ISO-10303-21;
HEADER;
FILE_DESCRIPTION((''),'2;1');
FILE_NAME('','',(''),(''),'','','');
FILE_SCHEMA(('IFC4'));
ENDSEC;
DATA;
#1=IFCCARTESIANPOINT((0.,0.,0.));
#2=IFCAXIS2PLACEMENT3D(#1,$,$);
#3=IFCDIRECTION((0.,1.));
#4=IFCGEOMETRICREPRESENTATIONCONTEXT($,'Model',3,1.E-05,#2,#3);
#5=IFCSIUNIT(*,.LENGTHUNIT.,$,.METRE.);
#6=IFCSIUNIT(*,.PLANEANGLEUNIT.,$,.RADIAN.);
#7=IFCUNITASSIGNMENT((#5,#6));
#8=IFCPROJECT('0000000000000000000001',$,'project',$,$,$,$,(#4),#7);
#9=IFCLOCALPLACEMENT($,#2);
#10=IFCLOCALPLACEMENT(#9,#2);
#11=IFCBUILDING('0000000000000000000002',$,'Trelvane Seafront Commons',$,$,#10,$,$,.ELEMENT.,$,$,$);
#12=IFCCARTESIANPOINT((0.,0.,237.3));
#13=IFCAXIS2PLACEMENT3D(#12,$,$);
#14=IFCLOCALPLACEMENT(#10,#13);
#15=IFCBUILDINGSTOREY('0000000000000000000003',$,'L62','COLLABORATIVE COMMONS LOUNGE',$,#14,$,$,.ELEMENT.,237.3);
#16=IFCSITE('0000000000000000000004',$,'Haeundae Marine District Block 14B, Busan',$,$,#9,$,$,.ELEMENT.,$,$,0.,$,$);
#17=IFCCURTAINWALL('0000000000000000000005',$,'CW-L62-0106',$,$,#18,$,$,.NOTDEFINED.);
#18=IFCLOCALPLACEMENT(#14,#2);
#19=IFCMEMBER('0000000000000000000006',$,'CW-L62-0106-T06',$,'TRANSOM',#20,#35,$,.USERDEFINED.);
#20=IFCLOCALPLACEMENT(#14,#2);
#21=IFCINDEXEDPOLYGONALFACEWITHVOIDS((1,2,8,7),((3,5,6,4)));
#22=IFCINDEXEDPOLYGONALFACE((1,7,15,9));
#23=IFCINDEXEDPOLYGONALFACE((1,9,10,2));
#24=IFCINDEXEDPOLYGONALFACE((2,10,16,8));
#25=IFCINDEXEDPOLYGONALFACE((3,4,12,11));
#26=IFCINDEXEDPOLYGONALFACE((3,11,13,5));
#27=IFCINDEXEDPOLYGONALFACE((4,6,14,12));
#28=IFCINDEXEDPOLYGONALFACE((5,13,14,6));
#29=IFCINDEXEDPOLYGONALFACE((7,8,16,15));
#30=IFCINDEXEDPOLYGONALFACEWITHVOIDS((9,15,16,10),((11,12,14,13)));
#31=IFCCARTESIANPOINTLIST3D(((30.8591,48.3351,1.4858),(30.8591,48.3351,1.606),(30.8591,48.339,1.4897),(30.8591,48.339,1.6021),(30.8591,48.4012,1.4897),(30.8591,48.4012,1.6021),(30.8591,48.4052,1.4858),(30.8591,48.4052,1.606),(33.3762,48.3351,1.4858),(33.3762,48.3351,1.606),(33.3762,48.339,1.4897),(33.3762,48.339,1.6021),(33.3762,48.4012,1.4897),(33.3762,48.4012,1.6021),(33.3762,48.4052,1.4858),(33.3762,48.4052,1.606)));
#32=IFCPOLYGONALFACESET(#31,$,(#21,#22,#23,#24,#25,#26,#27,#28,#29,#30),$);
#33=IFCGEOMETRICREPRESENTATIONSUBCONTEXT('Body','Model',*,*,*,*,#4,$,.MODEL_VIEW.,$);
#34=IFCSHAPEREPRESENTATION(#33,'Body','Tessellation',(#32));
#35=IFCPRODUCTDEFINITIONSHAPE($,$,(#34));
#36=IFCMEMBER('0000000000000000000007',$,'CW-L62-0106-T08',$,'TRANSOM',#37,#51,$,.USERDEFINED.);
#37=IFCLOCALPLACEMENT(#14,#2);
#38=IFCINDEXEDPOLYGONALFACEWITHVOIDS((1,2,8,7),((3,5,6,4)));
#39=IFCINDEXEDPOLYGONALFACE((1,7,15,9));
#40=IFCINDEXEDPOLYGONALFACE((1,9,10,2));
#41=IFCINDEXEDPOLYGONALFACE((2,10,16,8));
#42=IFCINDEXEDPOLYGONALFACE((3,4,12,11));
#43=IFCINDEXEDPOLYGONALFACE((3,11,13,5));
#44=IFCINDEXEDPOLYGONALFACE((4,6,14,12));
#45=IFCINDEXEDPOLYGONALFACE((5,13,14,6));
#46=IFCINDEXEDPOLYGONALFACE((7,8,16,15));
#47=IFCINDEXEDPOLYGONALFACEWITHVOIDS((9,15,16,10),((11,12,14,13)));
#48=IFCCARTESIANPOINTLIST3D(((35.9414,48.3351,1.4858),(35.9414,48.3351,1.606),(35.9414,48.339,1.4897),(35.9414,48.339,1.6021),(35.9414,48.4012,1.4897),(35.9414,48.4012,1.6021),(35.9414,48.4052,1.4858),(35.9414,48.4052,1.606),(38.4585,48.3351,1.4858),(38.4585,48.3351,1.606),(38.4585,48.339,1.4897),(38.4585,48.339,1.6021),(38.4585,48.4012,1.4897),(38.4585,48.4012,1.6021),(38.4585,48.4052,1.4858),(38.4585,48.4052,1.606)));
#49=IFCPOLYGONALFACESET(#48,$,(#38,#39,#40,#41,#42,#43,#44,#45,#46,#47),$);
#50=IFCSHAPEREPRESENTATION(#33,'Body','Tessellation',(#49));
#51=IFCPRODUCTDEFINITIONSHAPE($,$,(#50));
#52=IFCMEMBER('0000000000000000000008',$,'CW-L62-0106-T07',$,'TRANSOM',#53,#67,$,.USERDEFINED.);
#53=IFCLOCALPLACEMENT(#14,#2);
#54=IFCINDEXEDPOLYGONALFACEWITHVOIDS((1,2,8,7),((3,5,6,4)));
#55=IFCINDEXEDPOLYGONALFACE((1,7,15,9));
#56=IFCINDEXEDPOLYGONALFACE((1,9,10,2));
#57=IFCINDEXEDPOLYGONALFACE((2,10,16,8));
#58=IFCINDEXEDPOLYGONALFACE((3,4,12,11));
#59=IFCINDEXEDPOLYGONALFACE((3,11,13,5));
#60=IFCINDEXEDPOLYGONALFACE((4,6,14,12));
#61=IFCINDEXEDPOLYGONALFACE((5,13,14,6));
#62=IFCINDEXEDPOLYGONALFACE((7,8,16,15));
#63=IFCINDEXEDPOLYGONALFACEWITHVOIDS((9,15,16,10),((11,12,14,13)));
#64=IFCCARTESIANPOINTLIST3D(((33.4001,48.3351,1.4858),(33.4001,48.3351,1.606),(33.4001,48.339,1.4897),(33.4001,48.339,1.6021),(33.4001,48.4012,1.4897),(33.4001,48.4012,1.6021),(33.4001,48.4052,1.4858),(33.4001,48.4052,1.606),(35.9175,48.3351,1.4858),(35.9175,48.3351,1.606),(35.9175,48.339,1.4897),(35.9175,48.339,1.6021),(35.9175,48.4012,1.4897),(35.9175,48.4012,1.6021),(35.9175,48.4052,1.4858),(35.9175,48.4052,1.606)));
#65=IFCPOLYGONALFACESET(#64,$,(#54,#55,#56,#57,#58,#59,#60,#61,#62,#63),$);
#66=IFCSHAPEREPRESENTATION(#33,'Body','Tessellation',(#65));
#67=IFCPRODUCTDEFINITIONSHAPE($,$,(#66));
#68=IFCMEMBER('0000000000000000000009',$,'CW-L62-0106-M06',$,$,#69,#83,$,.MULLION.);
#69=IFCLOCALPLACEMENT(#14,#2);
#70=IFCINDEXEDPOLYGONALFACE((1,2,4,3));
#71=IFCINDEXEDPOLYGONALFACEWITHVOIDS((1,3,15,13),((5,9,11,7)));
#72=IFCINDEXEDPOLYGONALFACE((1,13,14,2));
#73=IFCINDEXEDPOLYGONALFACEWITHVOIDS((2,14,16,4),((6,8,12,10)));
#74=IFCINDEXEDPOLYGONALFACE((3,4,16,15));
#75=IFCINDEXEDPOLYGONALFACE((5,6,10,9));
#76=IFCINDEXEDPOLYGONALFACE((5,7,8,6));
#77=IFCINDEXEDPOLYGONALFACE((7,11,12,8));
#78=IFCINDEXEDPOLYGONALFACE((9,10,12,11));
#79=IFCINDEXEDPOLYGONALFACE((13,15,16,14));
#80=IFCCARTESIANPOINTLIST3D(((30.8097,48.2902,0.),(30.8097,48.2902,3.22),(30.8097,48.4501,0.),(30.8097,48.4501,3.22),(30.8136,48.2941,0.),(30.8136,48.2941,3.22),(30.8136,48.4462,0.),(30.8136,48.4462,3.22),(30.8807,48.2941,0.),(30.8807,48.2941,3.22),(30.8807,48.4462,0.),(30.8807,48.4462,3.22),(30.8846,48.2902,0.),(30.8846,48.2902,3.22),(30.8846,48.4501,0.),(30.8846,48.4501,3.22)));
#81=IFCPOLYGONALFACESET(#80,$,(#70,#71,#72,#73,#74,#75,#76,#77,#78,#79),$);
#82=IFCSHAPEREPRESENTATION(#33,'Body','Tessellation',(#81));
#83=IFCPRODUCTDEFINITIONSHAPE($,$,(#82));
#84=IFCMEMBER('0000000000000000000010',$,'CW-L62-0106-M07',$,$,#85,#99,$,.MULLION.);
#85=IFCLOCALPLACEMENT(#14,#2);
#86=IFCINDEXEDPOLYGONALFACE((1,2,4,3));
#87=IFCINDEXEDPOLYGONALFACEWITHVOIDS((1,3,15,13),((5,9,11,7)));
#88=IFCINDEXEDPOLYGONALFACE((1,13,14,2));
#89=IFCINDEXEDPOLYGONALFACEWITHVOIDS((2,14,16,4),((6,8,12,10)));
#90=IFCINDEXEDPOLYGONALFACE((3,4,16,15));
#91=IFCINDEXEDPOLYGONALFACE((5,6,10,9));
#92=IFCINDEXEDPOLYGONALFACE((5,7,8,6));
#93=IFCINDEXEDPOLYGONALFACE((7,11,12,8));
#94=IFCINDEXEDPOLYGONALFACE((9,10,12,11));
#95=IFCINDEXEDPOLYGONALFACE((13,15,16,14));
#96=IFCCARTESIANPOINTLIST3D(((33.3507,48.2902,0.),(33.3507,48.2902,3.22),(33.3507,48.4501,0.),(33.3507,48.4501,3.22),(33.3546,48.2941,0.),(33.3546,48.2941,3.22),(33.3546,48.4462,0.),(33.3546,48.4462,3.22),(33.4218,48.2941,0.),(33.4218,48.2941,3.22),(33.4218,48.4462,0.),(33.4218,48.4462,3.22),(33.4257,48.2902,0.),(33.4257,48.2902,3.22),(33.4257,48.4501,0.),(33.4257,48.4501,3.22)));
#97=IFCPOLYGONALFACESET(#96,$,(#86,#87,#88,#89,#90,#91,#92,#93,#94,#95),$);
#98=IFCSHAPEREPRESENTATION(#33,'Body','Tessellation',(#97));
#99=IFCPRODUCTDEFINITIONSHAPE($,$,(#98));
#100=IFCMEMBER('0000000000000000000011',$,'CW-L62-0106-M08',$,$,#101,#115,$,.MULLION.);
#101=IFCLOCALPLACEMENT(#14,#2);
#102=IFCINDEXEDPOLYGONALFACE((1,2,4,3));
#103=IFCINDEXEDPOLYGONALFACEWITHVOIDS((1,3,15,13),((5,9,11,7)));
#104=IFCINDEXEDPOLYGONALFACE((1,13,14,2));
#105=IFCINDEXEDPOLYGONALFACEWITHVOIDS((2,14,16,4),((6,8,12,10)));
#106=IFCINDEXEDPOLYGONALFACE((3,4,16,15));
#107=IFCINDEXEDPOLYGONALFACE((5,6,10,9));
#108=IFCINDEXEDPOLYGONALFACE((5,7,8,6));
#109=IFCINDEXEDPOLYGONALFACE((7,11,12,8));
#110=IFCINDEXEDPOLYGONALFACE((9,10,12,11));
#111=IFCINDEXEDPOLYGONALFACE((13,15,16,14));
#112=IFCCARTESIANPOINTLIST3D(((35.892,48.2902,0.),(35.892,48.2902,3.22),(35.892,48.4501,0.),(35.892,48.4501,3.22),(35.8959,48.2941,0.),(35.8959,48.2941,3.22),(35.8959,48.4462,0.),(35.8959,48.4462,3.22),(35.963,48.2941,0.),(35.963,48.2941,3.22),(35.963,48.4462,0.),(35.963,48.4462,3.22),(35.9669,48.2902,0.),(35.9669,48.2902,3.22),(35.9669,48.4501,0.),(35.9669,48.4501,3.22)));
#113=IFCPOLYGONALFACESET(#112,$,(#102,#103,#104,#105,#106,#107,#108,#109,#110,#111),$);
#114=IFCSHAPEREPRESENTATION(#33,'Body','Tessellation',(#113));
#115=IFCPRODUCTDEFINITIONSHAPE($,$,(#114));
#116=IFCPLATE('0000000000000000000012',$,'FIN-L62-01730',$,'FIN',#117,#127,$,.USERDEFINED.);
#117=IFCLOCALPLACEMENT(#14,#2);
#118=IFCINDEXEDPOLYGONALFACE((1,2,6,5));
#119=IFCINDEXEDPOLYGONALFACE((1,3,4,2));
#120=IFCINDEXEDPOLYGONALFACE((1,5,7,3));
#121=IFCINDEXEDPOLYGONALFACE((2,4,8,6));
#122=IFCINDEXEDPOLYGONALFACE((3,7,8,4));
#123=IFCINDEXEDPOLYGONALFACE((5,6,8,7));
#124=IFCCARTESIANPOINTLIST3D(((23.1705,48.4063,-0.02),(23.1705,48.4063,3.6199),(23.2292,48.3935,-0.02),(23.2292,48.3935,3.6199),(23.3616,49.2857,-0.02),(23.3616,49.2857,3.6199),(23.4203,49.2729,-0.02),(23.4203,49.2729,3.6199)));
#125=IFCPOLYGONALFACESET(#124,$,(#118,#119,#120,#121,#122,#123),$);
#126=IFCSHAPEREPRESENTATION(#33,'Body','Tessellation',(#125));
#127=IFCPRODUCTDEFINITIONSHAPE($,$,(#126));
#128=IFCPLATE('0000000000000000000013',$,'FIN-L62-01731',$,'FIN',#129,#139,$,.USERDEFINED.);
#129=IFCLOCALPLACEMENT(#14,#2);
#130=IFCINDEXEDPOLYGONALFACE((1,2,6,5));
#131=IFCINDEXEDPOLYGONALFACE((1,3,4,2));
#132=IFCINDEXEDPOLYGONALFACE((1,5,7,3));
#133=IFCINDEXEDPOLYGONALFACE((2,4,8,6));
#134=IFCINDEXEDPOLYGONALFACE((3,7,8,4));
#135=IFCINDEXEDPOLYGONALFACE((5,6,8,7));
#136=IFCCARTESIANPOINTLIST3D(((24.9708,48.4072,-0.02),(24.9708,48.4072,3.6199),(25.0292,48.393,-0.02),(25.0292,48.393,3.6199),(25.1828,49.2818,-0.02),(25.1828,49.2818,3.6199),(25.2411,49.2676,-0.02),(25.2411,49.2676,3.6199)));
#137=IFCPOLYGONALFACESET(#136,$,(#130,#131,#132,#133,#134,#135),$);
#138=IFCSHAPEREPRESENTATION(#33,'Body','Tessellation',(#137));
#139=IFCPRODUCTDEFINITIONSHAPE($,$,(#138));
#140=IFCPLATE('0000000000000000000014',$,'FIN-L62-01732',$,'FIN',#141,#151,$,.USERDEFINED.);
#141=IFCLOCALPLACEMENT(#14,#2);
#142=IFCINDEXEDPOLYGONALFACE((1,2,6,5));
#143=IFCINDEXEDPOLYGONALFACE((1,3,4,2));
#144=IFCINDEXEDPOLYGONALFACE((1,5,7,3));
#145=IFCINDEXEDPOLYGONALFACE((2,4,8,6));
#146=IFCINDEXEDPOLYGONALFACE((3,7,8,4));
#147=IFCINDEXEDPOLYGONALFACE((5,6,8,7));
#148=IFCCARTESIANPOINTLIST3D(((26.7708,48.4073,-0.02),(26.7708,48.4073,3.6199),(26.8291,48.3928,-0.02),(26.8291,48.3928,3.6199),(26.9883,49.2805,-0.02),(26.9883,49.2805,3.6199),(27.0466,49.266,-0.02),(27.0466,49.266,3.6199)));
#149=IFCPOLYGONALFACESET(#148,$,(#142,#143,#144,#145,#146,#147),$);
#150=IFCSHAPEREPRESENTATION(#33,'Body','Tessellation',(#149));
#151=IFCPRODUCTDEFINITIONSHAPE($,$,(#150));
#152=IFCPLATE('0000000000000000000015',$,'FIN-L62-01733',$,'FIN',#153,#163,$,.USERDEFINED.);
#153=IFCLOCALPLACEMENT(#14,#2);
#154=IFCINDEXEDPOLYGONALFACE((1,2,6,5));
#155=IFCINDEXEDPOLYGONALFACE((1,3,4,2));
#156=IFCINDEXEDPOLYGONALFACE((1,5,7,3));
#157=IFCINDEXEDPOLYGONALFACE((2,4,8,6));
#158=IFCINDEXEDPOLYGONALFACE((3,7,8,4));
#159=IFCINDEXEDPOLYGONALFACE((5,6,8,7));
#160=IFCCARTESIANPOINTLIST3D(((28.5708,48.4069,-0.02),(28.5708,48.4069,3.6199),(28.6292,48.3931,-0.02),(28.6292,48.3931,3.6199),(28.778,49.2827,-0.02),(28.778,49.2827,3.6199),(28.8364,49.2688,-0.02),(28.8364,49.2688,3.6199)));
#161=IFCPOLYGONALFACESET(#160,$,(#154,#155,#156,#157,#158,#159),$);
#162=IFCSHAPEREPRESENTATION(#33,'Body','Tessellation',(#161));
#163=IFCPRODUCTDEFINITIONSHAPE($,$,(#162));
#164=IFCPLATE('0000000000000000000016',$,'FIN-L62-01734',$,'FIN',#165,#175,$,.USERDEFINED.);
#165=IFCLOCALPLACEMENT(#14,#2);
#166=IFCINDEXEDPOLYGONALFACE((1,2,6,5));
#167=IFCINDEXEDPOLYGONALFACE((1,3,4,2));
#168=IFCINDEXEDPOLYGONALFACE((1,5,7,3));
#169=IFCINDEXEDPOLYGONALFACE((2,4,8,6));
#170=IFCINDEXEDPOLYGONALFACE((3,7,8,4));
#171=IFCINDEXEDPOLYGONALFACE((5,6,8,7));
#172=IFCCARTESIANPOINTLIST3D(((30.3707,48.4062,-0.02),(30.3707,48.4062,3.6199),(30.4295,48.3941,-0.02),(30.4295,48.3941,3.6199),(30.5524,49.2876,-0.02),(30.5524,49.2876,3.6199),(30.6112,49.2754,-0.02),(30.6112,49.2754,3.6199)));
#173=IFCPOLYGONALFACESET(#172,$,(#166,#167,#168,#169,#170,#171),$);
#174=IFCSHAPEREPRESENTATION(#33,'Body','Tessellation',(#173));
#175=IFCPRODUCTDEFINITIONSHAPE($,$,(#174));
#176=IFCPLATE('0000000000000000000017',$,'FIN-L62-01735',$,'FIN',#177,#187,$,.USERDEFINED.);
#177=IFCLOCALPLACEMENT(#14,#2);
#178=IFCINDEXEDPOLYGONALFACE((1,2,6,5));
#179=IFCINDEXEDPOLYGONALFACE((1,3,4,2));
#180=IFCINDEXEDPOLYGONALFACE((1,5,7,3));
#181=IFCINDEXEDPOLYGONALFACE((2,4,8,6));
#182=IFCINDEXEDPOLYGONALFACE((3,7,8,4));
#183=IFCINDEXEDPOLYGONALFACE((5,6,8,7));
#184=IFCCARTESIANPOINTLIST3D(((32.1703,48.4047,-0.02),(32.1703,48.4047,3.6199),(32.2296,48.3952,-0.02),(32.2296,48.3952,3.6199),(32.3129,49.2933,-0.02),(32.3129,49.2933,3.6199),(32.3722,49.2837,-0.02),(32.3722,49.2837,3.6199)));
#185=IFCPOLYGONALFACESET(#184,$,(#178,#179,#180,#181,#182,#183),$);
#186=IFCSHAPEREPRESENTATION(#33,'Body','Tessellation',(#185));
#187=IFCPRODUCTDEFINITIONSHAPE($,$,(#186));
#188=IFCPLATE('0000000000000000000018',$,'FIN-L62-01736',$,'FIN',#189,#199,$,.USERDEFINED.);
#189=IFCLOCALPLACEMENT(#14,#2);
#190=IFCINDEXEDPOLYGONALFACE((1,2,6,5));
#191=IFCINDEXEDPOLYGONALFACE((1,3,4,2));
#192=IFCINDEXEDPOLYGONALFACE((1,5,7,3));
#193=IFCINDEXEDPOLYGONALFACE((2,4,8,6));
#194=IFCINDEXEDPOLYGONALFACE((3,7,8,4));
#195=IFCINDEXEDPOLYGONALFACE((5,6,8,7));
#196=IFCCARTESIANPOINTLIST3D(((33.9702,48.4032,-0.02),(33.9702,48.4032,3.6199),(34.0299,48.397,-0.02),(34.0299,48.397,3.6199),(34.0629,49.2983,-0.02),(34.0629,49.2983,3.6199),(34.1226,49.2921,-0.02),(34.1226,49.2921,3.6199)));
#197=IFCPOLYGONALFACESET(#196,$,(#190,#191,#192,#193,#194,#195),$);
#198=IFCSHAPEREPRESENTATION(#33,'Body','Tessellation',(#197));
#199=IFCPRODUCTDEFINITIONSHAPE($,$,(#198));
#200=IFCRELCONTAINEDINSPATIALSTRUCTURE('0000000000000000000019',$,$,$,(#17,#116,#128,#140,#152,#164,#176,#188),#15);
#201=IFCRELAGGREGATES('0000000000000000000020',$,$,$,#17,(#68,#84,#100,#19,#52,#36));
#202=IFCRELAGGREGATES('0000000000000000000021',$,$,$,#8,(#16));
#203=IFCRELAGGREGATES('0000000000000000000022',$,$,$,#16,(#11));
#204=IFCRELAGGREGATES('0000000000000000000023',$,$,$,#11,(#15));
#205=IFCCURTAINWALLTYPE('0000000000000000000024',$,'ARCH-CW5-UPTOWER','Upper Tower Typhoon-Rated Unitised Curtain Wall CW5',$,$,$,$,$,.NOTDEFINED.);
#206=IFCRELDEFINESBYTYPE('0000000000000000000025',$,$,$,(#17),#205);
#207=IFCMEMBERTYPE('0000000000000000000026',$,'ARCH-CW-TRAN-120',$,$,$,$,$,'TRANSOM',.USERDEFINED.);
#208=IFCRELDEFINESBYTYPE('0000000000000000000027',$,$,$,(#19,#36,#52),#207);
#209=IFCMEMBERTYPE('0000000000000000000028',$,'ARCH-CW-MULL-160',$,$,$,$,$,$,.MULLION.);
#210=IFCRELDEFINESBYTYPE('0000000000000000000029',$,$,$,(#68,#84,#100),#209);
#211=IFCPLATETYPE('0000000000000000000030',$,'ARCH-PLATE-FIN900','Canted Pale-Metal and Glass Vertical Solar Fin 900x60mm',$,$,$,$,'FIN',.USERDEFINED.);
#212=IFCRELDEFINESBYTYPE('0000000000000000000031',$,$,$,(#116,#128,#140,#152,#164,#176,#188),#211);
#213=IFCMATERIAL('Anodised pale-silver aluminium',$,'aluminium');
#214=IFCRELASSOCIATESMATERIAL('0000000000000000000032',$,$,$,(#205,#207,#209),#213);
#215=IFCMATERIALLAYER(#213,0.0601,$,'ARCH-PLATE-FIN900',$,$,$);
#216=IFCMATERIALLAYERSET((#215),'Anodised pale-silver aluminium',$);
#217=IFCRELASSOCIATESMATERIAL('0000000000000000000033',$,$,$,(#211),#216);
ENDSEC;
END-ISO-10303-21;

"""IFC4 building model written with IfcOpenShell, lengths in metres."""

from ifc_helpers import new_model, si_unit, direction, frame, origin, origin_2d, place, context, subcontext, project, spatial, rectangle, hollow_rectangle, extrude, source, transform, mapped, material, layer, layer_set, material_profile, profile_set, type_object, element, aggregate, save


model = new_model("IFC4")

# Units and contexts
model_context = context("Model", 3, precision=1e-05, world=origin(), true_north=direction((0.0, 1.0)))
body_context = subcontext(model_context, "Body", "Model", "MODEL_VIEW")
ifc_project = project(units=[si_unit("LENGTHUNIT", "METRE"), si_unit("PLANEANGLEUNIT", "RADIAN")], contexts=[model_context])

# Site, building, storey
site_placement = place(None, origin())
site = spatial("IfcSite", under=ifc_project, at=site_placement, Name="Haeundae Marine District Block 14B, Busan", CompositionType="ELEMENT", RefElevation=0.0)
building_placement = place(site_placement, origin())
building = spatial("IfcBuilding", under=site, at=building_placement, Name="Trelvane Seafront Commons", CompositionType="ELEMENT")
storey_placement = place(building_placement, frame((0.0, 0.0, 237.3)))
storey = spatial("IfcBuildingStorey", under=building, at=storey_placement, Name="L62", Description="COLLABORATIVE COMMONS LOUNGE", CompositionType="ELEMENT", Elevation=237.3)

# Curtain wall, members
ifc_material_1 = material(Name="Anodised pale-silver aluminium", Category="aluminium")
curtain_wall_type = type_object("IfcCurtainWallType", Name="ARCH-CW5-UPTOWER", Description="Upper Tower Typhoon-Rated Unitised Curtain Wall CW5", PredefinedType="NOTDEFINED", material=ifc_material_1)
curtain_wall_placement = place(storey_placement, origin())
curtain_wall = element("IfcCurtainWall", 1, at=curtain_wall_placement, inside=storey, type_object=curtain_wall_type, Name="CW-L62-0106", PredefinedType="NOTDEFINED")
ifc_material_profile_1 = material_profile(ifc_material_1, hollow_rectangle(XDim=0.0701, YDim=0.1201, WallThickness=0.0039, at=origin_2d()), Name="TRAN-70x120x4")
ifc_profile_set_1 = profile_set([ifc_material_profile_1], Name="Anodised pale-silver aluminium")
member_type_1 = type_object("IfcMemberType", Name="ARCH-CW-TRAN-120", ElementType="TRANSOM", PredefinedType="USERDEFINED", material=ifc_profile_set_1)
shared_shape_1 = source(origin(), body_context, "Body", "SweptSolid", [
    extrude(hollow_rectangle(XDim=0.0701, YDim=0.1201, WallThickness=0.0039, at=origin_2d()), origin(), (0.0, 0.0, 1.0), 2.5171),
])
member_1_placement = place(storey_placement, frame((30.8591, 48.3701, 1.5459), z_axis=(1.0, 0.0, 0.0), x_axis=(0.0, 1.0, 0.0)))
member_1 = element("IfcMember", 2, at=member_1_placement, type_object=member_type_1, Name="CW-L62-0106-T06", ObjectType="TRANSOM", PredefinedType="USERDEFINED", context=body_context, shape_type="MappedRepresentation", body=[
    mapped(shared_shape_1, transform((0.0, 0.0, 0.0), x_axis=(1.0, 0.0, 0.0), y_axis=(0.0, 1.0, 0.0), z_axis=(0.0, 0.0, 1.0), scale=1.0)),
])
member_2_placement = place(storey_placement, frame((35.9414, 48.3701, 1.5459), z_axis=(1.0, 0.0, 0.0), x_axis=(0.0, 1.0, 0.0)))
member_2 = element("IfcMember", 3, at=member_2_placement, type_object=member_type_1, Name="CW-L62-0106-T08", ObjectType="TRANSOM", PredefinedType="USERDEFINED", context=body_context, shape_type="MappedRepresentation", body=[
    mapped(shared_shape_1, transform((0.0, 0.0, 0.0), x_axis=(1.0, 0.0, 0.0), y_axis=(0.0, 1.0, 0.0), z_axis=(0.0, 0.0, 1.0), scale=1.0)),
])
shared_shape_2 = source(origin(), body_context, "Body", "SweptSolid", [
    extrude(hollow_rectangle(XDim=0.0701, YDim=0.1201, WallThickness=0.0039, at=origin_2d()), origin(), (0.0, 0.0, 1.0), 2.5173),
])
member_3_placement = place(storey_placement, frame((33.4001, 48.3701, 1.5459), z_axis=(1.0, 0.0, 0.0), x_axis=(0.0, 1.0, 0.0)))
member_3 = element("IfcMember", 4, at=member_3_placement, type_object=member_type_1, Name="CW-L62-0106-T07", ObjectType="TRANSOM", PredefinedType="USERDEFINED", context=body_context, shape_type="MappedRepresentation", body=[
    mapped(shared_shape_2, transform((0.0, 0.0, 0.0), x_axis=(1.0, 0.0, 0.0), y_axis=(0.0, 1.0, 0.0), z_axis=(0.0, 0.0, 1.0), scale=1.0)),
])
ifc_material_profile_2 = material_profile(ifc_material_1, hollow_rectangle(XDim=0.075, YDim=0.1599, WallThickness=0.0039, at=origin_2d()), Name="MULL-75x160x4")
ifc_profile_set_2 = profile_set([ifc_material_profile_2], Name="Anodised pale-silver aluminium")
member_type_2 = type_object("IfcMemberType", Name="ARCH-CW-MULL-160", PredefinedType="MULLION", material=ifc_profile_set_2)
shared_shape_3 = source(origin(), body_context, "Body", "SweptSolid", [
    extrude(hollow_rectangle(XDim=0.075, YDim=0.1599, WallThickness=0.0039, at=origin_2d()), origin(), (0.0, 0.0, 1.0), 3.22),
])
member_4_placement = place(storey_placement, frame((30.8472, 48.3701, 0.0), z_axis=(0.0, 0.0, 1.0), x_axis=(1.0, 0.0, 0.0)))
member_4 = element("IfcMember", 5, at=member_4_placement, type_object=member_type_2, Name="CW-L62-0106-M06", PredefinedType="MULLION", context=body_context, shape_type="MappedRepresentation", body=[
    mapped(shared_shape_3, transform((0.0, 0.0, 0.0), x_axis=(1.0, 0.0, 0.0), y_axis=(0.0, 1.0, 0.0), z_axis=(0.0, 0.0, 1.0), scale=1.0)),
])
member_5_placement = place(storey_placement, frame((33.3882, 48.3701, 0.0), z_axis=(0.0, 0.0, 1.0), x_axis=(1.0, 0.0, 0.0)))
member_5 = element("IfcMember", 6, at=member_5_placement, type_object=member_type_2, Name="CW-L62-0106-M07", PredefinedType="MULLION", context=body_context, shape_type="MappedRepresentation", body=[
    mapped(shared_shape_3, transform((0.0, 0.0, 0.0), x_axis=(1.0, 0.0, 0.0), y_axis=(0.0, 1.0, 0.0), z_axis=(0.0, 0.0, 1.0), scale=1.0)),
])
member_6_placement = place(storey_placement, frame((35.9294, 48.3701, 0.0), z_axis=(0.0, 0.0, 1.0), x_axis=(1.0, 0.0, 0.0)))
member_6 = element("IfcMember", 7, at=member_6_placement, type_object=member_type_2, Name="CW-L62-0106-M08", PredefinedType="MULLION", context=body_context, shape_type="MappedRepresentation", body=[
    mapped(shared_shape_3, transform((0.0, 0.0, 0.0), x_axis=(1.0, 0.0, 0.0), y_axis=(0.0, 1.0, 0.0), z_axis=(0.0, 0.0, 1.0), scale=1.0)),
])

# Plates
ifc_layer_1 = layer(ifc_material_1, 0.0601, Name="ARCH-PLATE-FIN900")
ifc_layer_set_1 = layer_set([ifc_layer_1], Name="Anodised pale-silver aluminium")
plate_type_1 = type_object("IfcPlateType", Name="ARCH-PLATE-FIN900", Description="Canted Pale-Metal and Glass Vertical Solar Fin 900x60mm", ElementType="FIN", PredefinedType="USERDEFINED", material=ifc_layer_set_1)
shared_shape_4 = source(origin(), body_context, "Body", "SweptSolid", [
    extrude(rectangle(XDim=0.8999, YDim=0.0601, at=origin_2d()), origin(), (0.0, 0.0, 1.0), 3.6399),
])
for number, where, z_axis, x_axis, name in (
    (8, (23.2954, 48.8396, -0.02), (0.0, 0.0, 1.0), (0.212328, 0.977199, 0.0), "FIN-L62-01730"),
    (9, (25.106, 48.8374, -0.02), (0.0, 0.0, 1.0), (0.235549, 0.971862, 0.0), "FIN-L62-01731"),
    (10, (26.9087, 48.8367, -0.02), (0.0, 0.0, 1.0), (0.241673, 0.970358, 0.0), "FIN-L62-01732"),
    (11, (28.7036, 48.8379, -0.02), (0.0, 0.0, 1.0), (0.230228, 0.973137, 0.0), "FIN-L62-01733"),
    (12, (30.491, 48.8408, -0.02), (0.0, 0.0, 1.0), (0.201881, 0.97941, 0.0), "FIN-L62-01734"),
    (13, (32.2712, 48.8442, -0.02), (0.0, 0.0, 1.0), (0.158449, 0.987367, 0.0), "FIN-L62-01735"),
    (14, (34.0464, 48.8477, -0.02), (0.0, 0.0, 1.0), (0.103001, 0.994681, 0.0), "FIN-L62-01736"),
):
    element("IfcPlate", number, at=place(storey_placement, frame(where, z_axis=z_axis, x_axis=x_axis)), inside=storey, type_object=plate_type_1, Name=name, ObjectType="FIN", PredefinedType="USERDEFINED", context=body_context, shape_type="MappedRepresentation", body=[
        mapped(shared_shape_4, transform((0.0, 0.0, 0.0), x_axis=(1.0, 0.0, 0.0), y_axis=(0.0, 1.0, 0.0), z_axis=(0.0, 0.0, 1.0), scale=1.0)),
    ])

aggregate(curtain_wall, [member_4, member_5, member_6, member_1, member_3, member_2])

save(model, "model.ifc")
